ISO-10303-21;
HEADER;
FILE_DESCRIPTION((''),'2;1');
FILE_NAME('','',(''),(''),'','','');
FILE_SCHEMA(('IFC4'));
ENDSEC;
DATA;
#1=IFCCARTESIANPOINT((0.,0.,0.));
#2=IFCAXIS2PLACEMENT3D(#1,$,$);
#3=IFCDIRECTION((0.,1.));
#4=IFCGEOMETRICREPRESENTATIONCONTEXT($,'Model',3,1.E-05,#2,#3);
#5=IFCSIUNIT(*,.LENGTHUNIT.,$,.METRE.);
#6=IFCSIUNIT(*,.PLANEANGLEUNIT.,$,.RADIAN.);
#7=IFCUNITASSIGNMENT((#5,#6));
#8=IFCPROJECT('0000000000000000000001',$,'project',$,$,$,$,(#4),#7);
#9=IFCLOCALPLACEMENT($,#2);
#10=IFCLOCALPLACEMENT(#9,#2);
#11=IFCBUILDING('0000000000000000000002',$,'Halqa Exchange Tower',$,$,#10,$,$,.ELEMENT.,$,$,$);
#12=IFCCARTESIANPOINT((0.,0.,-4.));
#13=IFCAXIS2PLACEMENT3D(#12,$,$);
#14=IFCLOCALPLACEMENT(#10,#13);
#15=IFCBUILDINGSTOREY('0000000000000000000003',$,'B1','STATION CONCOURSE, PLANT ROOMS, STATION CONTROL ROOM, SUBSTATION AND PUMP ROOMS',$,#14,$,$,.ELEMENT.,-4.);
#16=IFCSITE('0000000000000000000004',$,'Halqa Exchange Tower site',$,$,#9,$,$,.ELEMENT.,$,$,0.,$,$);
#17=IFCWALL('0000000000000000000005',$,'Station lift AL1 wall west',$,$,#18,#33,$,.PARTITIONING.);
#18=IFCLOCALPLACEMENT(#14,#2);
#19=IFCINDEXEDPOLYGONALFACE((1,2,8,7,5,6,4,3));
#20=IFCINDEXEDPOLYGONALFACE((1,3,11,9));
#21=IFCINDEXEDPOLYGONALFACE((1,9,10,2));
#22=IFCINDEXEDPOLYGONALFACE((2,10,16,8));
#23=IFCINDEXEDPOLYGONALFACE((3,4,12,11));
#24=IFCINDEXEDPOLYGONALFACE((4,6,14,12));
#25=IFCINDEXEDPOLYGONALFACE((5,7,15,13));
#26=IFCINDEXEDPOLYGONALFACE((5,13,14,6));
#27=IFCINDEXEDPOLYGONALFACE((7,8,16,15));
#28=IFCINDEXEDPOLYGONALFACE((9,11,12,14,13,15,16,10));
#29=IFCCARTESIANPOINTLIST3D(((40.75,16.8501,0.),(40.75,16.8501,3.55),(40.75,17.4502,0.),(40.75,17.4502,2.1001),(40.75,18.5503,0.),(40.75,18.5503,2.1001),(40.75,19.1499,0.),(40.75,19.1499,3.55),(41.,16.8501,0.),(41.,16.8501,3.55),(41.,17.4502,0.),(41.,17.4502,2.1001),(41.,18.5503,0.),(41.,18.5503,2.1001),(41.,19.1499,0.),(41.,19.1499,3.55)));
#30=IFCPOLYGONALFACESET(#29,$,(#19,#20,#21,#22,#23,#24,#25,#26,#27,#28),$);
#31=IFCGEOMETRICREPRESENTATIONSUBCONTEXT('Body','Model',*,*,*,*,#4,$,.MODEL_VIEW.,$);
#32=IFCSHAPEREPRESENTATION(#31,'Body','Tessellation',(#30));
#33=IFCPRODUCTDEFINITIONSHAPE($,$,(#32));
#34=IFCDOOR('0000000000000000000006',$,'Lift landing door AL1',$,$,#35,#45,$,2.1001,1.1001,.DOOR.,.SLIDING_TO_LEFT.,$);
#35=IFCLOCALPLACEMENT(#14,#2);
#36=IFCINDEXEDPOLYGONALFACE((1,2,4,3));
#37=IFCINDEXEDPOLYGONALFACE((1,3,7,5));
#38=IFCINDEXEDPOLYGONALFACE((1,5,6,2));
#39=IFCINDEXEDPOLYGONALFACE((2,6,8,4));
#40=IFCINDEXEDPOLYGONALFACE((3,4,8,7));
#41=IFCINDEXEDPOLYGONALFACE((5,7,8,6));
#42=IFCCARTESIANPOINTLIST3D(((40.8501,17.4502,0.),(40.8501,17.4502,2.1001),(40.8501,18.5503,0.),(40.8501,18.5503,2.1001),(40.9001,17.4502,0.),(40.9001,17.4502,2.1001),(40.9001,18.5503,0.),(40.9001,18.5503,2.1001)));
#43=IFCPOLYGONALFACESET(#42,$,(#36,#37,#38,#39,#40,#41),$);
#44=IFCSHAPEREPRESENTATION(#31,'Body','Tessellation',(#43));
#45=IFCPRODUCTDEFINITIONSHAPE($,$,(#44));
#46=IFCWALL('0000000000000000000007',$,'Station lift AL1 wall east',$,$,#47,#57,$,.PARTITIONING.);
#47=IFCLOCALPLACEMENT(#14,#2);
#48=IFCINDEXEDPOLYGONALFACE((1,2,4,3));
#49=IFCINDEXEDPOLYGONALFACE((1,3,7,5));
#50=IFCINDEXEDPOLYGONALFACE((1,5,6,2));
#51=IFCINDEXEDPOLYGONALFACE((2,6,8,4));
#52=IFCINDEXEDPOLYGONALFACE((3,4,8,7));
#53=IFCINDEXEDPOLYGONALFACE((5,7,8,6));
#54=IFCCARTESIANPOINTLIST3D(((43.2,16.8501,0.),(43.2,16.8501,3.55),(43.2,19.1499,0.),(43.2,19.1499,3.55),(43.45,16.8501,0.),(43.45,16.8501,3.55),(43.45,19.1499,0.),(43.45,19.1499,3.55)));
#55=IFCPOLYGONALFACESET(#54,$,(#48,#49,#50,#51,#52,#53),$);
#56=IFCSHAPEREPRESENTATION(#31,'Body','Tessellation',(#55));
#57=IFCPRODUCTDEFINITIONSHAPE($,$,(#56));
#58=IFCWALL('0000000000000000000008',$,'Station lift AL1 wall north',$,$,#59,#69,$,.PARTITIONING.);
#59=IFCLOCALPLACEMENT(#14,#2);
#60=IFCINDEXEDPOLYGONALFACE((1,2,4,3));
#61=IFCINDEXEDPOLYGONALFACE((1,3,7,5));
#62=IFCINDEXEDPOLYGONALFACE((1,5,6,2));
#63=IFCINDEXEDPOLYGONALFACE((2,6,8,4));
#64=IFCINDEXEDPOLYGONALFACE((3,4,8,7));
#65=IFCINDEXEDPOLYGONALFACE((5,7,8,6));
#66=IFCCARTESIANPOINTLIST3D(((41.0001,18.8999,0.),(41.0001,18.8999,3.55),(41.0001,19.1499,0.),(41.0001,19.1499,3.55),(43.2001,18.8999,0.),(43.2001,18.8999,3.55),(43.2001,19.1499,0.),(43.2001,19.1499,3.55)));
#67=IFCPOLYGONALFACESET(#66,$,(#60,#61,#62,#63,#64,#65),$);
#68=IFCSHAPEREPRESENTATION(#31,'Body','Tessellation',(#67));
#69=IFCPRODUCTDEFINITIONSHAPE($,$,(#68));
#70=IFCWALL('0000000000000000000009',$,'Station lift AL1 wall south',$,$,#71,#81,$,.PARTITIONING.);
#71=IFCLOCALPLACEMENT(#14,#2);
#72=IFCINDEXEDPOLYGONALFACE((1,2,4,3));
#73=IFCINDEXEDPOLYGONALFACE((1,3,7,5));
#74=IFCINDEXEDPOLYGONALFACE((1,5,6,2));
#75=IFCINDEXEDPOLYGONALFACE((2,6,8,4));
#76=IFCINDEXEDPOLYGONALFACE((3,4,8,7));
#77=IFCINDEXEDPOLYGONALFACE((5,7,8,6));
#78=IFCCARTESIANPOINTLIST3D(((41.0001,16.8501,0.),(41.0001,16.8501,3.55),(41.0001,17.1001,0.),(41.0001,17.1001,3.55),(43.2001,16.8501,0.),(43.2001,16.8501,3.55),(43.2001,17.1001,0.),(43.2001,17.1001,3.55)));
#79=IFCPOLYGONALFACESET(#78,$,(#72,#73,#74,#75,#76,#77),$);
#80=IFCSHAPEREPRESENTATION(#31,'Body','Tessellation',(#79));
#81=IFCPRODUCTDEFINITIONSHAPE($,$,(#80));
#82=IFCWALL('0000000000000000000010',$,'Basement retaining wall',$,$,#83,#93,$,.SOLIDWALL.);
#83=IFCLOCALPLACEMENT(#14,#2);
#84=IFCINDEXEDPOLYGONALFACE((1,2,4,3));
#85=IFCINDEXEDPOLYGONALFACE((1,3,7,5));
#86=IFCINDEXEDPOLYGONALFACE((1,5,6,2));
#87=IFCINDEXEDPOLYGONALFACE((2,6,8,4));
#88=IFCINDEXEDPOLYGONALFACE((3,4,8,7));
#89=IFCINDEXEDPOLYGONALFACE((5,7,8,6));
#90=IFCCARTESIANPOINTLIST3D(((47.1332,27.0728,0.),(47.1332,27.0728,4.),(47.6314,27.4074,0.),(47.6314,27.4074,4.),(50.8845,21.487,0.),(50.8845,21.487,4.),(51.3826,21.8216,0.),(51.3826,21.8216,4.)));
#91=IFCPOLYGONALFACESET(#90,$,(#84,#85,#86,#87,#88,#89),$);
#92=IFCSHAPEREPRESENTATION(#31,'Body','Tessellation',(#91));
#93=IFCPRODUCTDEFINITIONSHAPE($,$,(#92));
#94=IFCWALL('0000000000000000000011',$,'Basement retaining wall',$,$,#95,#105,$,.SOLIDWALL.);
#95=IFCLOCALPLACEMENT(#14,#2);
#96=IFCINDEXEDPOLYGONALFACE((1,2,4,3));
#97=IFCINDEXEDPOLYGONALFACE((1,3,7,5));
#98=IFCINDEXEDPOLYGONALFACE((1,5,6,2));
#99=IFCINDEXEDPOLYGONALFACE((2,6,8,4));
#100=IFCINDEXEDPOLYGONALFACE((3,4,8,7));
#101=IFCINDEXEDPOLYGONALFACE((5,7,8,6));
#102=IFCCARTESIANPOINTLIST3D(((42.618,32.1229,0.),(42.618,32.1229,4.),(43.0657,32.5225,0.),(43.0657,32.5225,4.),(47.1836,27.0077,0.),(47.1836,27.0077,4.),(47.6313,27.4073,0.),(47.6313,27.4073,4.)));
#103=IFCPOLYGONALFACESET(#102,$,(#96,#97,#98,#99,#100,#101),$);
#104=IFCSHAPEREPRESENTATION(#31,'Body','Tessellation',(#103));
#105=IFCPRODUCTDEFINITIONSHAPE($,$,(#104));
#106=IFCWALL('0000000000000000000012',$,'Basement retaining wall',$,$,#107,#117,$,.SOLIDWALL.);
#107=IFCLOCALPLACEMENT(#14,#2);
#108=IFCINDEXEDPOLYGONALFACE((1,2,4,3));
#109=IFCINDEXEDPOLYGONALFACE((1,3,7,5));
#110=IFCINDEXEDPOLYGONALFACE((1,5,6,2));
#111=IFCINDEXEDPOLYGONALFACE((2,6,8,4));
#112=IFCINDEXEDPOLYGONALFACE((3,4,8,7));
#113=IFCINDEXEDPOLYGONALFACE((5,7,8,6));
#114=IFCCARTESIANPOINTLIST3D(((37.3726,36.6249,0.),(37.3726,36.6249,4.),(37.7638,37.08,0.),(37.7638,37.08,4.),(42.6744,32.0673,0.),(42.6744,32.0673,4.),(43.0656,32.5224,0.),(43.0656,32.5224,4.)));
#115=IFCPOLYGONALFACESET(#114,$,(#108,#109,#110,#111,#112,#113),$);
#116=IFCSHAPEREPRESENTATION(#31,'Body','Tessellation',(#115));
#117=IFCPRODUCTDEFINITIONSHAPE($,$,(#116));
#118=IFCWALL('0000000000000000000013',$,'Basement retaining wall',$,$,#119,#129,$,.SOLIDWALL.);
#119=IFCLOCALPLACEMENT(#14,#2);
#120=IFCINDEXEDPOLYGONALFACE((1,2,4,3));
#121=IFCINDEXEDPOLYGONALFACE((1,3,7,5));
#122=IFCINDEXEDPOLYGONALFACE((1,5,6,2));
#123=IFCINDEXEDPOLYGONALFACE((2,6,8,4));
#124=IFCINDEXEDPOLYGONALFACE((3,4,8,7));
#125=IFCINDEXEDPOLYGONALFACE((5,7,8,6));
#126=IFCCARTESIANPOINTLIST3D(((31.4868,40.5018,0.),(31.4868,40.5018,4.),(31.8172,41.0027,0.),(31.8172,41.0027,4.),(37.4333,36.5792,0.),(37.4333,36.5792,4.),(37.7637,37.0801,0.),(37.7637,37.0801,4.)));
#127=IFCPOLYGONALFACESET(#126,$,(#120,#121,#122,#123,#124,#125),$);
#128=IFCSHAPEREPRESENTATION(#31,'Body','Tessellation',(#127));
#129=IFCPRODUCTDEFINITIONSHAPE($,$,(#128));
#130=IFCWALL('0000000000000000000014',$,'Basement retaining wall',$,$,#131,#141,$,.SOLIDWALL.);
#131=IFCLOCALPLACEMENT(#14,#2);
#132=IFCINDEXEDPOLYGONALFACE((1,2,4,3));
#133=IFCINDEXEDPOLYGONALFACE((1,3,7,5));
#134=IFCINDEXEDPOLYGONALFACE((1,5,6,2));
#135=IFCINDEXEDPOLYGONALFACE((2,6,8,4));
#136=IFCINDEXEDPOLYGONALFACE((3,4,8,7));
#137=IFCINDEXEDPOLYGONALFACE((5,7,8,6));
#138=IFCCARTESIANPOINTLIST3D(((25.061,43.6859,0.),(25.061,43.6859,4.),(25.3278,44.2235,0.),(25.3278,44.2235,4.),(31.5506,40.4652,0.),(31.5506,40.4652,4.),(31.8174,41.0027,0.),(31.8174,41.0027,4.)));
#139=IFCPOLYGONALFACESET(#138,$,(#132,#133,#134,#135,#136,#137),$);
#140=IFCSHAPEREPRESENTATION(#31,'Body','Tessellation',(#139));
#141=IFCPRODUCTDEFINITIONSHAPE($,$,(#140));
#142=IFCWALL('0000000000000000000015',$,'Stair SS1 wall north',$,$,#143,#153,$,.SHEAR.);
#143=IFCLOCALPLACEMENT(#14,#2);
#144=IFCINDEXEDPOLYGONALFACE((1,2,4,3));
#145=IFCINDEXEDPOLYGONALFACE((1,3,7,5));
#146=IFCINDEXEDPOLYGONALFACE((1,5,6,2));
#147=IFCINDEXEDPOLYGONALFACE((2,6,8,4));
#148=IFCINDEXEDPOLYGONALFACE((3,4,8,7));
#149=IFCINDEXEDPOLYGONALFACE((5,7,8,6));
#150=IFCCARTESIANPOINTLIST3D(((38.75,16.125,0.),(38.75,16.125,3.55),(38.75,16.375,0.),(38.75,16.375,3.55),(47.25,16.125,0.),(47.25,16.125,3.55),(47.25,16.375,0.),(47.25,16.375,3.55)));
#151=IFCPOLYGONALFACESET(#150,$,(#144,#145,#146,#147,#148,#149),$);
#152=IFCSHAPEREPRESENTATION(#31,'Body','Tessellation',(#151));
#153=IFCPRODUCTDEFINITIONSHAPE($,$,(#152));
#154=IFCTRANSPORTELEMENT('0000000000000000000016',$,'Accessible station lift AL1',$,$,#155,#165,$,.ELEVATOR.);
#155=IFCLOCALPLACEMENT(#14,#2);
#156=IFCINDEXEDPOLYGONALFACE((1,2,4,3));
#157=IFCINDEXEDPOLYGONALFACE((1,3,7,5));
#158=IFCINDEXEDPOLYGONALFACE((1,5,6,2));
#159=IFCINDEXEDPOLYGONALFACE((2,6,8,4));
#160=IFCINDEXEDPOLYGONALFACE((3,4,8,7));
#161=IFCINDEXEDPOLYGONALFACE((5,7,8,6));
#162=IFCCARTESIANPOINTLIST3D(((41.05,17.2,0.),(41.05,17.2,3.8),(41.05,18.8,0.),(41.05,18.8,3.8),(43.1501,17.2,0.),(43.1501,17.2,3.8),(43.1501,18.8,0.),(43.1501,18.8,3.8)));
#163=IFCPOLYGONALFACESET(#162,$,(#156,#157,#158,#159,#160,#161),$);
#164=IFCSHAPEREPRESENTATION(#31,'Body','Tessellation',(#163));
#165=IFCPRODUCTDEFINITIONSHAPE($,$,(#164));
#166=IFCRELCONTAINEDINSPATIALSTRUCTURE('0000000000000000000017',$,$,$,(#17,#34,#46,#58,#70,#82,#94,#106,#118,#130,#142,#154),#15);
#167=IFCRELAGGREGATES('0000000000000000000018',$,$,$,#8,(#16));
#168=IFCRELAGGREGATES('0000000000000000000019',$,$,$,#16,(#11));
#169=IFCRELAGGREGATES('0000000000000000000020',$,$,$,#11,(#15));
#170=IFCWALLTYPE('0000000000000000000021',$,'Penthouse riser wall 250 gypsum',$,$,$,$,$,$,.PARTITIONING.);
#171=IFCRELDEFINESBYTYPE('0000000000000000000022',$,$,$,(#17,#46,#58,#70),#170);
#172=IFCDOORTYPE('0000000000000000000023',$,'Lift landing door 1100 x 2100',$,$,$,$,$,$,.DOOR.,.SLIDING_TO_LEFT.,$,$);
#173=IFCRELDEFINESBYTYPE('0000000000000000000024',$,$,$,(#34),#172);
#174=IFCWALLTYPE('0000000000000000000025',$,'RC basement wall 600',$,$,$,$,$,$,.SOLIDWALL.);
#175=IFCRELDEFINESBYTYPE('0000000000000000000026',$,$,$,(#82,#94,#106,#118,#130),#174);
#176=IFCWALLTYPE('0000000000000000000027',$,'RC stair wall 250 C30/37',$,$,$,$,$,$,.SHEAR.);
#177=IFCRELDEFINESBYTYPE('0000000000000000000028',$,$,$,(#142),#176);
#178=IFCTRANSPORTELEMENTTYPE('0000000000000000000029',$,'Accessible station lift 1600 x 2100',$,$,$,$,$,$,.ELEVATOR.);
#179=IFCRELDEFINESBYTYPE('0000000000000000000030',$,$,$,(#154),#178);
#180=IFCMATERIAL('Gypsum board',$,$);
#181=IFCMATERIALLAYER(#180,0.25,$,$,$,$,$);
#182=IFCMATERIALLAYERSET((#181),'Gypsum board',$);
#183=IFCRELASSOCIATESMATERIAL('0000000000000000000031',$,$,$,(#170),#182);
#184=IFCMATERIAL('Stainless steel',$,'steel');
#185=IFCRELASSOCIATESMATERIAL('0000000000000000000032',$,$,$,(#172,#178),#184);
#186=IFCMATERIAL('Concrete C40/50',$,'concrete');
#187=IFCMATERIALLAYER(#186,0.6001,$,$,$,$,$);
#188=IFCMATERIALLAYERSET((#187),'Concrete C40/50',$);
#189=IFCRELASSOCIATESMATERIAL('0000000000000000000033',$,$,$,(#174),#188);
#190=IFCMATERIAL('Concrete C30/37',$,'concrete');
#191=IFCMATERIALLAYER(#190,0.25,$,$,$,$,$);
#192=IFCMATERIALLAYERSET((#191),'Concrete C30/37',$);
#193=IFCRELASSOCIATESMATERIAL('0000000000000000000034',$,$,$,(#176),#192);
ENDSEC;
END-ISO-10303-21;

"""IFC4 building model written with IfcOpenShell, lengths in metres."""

from ifc_helpers import new_model, si_unit, direction, frame, frame_2d, origin, origin_2d, place, context, subcontext, project, spatial, rectangle, extrude, material, layer, layer_set, type_object, element, fill, save


model = new_model("IFC4")

# Units and contexts
model_context = context("Model", 3, precision=1e-05, world=origin(), true_north=direction((0.0, 1.0)))
body_context = subcontext(model_context, "Body", "Model", "MODEL_VIEW")
ifc_project = project(units=[si_unit("LENGTHUNIT", "METRE"), si_unit("PLANEANGLEUNIT", "RADIAN")], contexts=[model_context])

# Site, building, storey
site_placement = place(None, origin())
site = spatial("IfcSite", under=ifc_project, at=site_placement, Name="Halqa Exchange Tower site", CompositionType="ELEMENT", RefElevation=0.0)
building_placement = place(site_placement, origin())
building = spatial("IfcBuilding", under=site, at=building_placement, Name="Halqa Exchange Tower", CompositionType="ELEMENT")
storey_placement = place(building_placement, frame((0.0, 0.0, -4.0)))
storey = spatial("IfcBuildingStorey", under=building, at=storey_placement, Name="B1", Description="STATION CONCOURSE, PLANT ROOMS, STATION CONTROL ROOM, SUBSTATION AND PUMP ROOMS", CompositionType="ELEMENT", Elevation=-4.0)

# Wall, opening, door
ifc_material_1 = material(Name="Gypsum board")
ifc_layer_1 = layer(ifc_material_1, 0.25)
ifc_layer_set_1 = layer_set([ifc_layer_1], Name="Gypsum board")
wall_type_1 = type_object("IfcWallType", Name="Penthouse riser wall 250 gypsum", PredefinedType="PARTITIONING", material=ifc_layer_set_1)
wall_1_placement = place(storey_placement, frame((40.875, 16.8501, 0.0), z_axis=(0.0, 0.0, 1.0), x_axis=(0.0, 1.0, 0.0)))
wall_1 = element("IfcWall", 1, at=wall_1_placement, inside=storey, type_object=wall_type_1, Name="Station lift AL1 wall west", PredefinedType="PARTITIONING", context=body_context, shape_type="SweptSolid", body=[
    extrude(rectangle(XDim=2.2998, YDim=0.25, at=frame_2d((1.1499, 0.0))), origin(), (0.0, 0.0, 1.0), 3.55),
])
opening_placement = place(wall_1_placement, frame((0.6001, 0.0, 0.0)))
opening = element("IfcOpeningElement", 2, at=opening_placement, cuts=wall_1, PredefinedType="OPENING", context=body_context, shape_type="SweptSolid", body=[
    extrude(rectangle(XDim=1.1001, YDim=2.1001, at=frame_2d((0.55, 1.05))), frame((0.0, 0.137, 0.0), z_axis=(0.0, -1.0, 0.0), x_axis=(1.0, 0.0, 0.0)), (0.0, 0.0, 1.0), 0.2739),
])
ifc_material_2 = material(Name="Stainless steel", Category="steel")
door_type = type_object("IfcDoorType", Name="Lift landing door 1100 x 2100", OperationType="SLIDING_TO_LEFT", PredefinedType="DOOR", material=ifc_material_2)
door_placement = place(opening_placement, origin())
door = element("IfcDoor", 3, at=door_placement, inside=storey, type_object=door_type, Name="Lift landing door AL1", OperationType="SLIDING_TO_LEFT", OverallHeight=2.1001, OverallWidth=1.1001, PredefinedType="DOOR", context=body_context, shape_type="SweptSolid", body=[
    extrude(rectangle(XDim=1.1001, YDim=2.1001, at=frame_2d((0.55, 1.05))), frame((0.0, 0.0249, 0.0), z_axis=(0.0, -1.0, 0.0), x_axis=(1.0, 0.0, 0.0)), (0.0, 0.0, 1.0), 0.05),
])
fill(opening, door)

# Walls
wall_2_placement = place(storey_placement, frame((43.325, 16.8501, 0.0), z_axis=(0.0, 0.0, 1.0), x_axis=(0.0, 1.0, 0.0)))
element("IfcWall", 4, at=wall_2_placement, inside=storey, type_object=wall_type_1, Name="Station lift AL1 wall east", PredefinedType="PARTITIONING", context=body_context, shape_type="SweptSolid", body=[
    extrude(rectangle(XDim=2.2998, YDim=0.25, at=frame_2d((1.1499, 0.0))), origin(), (0.0, 0.0, 1.0), 3.55),
])
for number, where, z_axis, x_axis, name in (
    (5, (41.0, 19.0249, 0.0), (0.0, 0.0, 1.0), (1.0, 0.0, 0.0), "Station lift AL1 wall north"),
    (6, (41.0, 16.9751, 0.0), (0.0, 0.0, 1.0), (1.0, 0.0, 0.0), "Station lift AL1 wall south"),
):
    element("IfcWall", number, at=place(storey_placement, frame(where, z_axis=z_axis, x_axis=x_axis)), inside=storey, type_object=wall_type_1, Name=name, PredefinedType="PARTITIONING", context=body_context, shape_type="SweptSolid", body=[
        extrude(rectangle(XDim=2.2, YDim=0.25, at=frame_2d((1.1001, 0.0))), origin(), (0.0, 0.0, 1.0), 3.55),
    ])
ifc_material_3 = material(Name="Concrete C40/50", Category="concrete")
ifc_layer_2 = layer(ifc_material_3, 0.6001)
ifc_layer_set_2 = layer_set([ifc_layer_2], Name="Concrete C40/50")
wall_type_2 = type_object("IfcWallType", Name="RC basement wall 600", PredefinedType="SOLIDWALL", material=ifc_layer_set_2)
wall_3_placement = place(storey_placement, frame((51.1335, 21.6543, 0.0), z_axis=(0.0, 0.0, 1.0), x_axis=(-0.557519, 0.830164, 0.0)))
element("IfcWall", 7, at=wall_3_placement, inside=storey, type_object=wall_type_2, Name="Basement retaining wall", PredefinedType="SOLIDWALL", context=body_context, shape_type="SweptSolid", body=[
    extrude(rectangle(XDim=6.7285, YDim=0.6001, at=frame_2d((3.3643, 0.0))), origin(), (0.0, 0.0, 1.0), 4.0),
])
wall_4_placement = place(storey_placement, frame((47.4075, 27.2075, 0.0), z_axis=(0.0, 0.0, 1.0), x_axis=(-0.665894, 0.746046, 0.0)))
element("IfcWall", 8, at=wall_4_placement, inside=storey, type_object=wall_type_2, Name="Basement retaining wall", PredefinedType="SOLIDWALL", context=body_context, shape_type="SweptSolid", body=[
    extrude(rectangle(XDim=6.8564, YDim=0.6001, at=frame_2d((3.4282, 0.0))), origin(), (0.0, 0.0, 1.0), 4.0),
])
wall_5_placement = place(storey_placement, frame((42.8699, 32.2949, 0.0), z_axis=(0.0, 0.0, 1.0), x_axis=(-0.758319, 0.651883, 0.0)))
element("IfcWall", 9, at=wall_5_placement, inside=storey, type_object=wall_type_2, Name="Basement retaining wall", PredefinedType="SOLIDWALL", context=body_context, shape_type="SweptSolid", body=[
    extrude(rectangle(XDim=6.9915, YDim=0.6001, at=frame_2d((3.4956, 0.0))), origin(), (0.0, 0.0, 1.0), 4.0),
])
wall_6_placement = place(storey_placement, frame((37.5986, 36.8296, 0.0), z_axis=(0.0, 0.0, 1.0), x_axis=(-0.834745, 0.550636, 0.0)))
element("IfcWall", 10, at=wall_6_placement, inside=storey, type_object=wall_type_2, Name="Basement retaining wall", PredefinedType="SOLIDWALL", context=body_context, shape_type="SweptSolid", body=[
    extrude(rectangle(XDim=7.1238, YDim=0.6001, at=frame_2d((3.562, 0.0))), origin(), (0.0, 0.0, 1.0), 4.0),
])
wall_7_placement = place(storey_placement, frame((31.6841, 40.7339, 0.0), z_axis=(0.0, 0.0, 1.0), x_axis=(-0.895751, 0.444556, 0.0)))
element("IfcWall", 11, at=wall_7_placement, inside=storey, type_object=wall_type_2, Name="Basement retaining wall", PredefinedType="SOLIDWALL", context=body_context, shape_type="SweptSolid", body=[
    extrude(rectangle(XDim=7.2449, YDim=0.6001, at=frame_2d((3.6226, 0.0))), origin(), (0.0, 0.0, 1.0), 4.0),
])
ifc_material_4 = material(Name="Concrete C30/37", Category="concrete")
ifc_layer_3 = layer(ifc_material_4, 0.25)
ifc_layer_set_3 = layer_set([ifc_layer_3], Name="Concrete C30/37")
wall_type_3 = type_object("IfcWallType", Name="RC stair wall 250 C30/37", PredefinedType="SHEAR", material=ifc_layer_set_3)
wall_8_placement = place(storey_placement, frame((38.75, 16.25, 0.0), z_axis=(0.0, 0.0, 1.0), x_axis=(1.0, 0.0, 0.0)))
element("IfcWall", 12, at=wall_8_placement, inside=storey, type_object=wall_type_3, Name="Stair SS1 wall north", PredefinedType="SHEAR", context=body_context, shape_type="SweptSolid", body=[
    extrude(rectangle(XDim=8.5, YDim=0.25, at=frame_2d((4.25, 0.0))), origin(), (0.0, 0.0, 1.0), 3.55),
])

# Transport element
transport_element_type = type_object("IfcTransportElementType", Name="Accessible station lift 1600 x 2100", PredefinedType="ELEVATOR", material=ifc_material_2)
transport_element_placement = place(storey_placement, frame((42.1001, 18.0, 0.0), z_axis=(0.0, 0.0, 1.0), x_axis=(1.0, 0.0, 0.0)))
element("IfcTransportElement", 13, at=transport_element_placement, inside=storey, type_object=transport_element_type, Name="Accessible station lift AL1", PredefinedType="ELEVATOR", context=body_context, shape_type="SweptSolid", body=[
    extrude(rectangle(XDim=2.1001, YDim=1.6001, at=origin_2d()), origin(), (0.0, 0.0, 1.0), 3.8),
])

save(model, "model.ifc")
